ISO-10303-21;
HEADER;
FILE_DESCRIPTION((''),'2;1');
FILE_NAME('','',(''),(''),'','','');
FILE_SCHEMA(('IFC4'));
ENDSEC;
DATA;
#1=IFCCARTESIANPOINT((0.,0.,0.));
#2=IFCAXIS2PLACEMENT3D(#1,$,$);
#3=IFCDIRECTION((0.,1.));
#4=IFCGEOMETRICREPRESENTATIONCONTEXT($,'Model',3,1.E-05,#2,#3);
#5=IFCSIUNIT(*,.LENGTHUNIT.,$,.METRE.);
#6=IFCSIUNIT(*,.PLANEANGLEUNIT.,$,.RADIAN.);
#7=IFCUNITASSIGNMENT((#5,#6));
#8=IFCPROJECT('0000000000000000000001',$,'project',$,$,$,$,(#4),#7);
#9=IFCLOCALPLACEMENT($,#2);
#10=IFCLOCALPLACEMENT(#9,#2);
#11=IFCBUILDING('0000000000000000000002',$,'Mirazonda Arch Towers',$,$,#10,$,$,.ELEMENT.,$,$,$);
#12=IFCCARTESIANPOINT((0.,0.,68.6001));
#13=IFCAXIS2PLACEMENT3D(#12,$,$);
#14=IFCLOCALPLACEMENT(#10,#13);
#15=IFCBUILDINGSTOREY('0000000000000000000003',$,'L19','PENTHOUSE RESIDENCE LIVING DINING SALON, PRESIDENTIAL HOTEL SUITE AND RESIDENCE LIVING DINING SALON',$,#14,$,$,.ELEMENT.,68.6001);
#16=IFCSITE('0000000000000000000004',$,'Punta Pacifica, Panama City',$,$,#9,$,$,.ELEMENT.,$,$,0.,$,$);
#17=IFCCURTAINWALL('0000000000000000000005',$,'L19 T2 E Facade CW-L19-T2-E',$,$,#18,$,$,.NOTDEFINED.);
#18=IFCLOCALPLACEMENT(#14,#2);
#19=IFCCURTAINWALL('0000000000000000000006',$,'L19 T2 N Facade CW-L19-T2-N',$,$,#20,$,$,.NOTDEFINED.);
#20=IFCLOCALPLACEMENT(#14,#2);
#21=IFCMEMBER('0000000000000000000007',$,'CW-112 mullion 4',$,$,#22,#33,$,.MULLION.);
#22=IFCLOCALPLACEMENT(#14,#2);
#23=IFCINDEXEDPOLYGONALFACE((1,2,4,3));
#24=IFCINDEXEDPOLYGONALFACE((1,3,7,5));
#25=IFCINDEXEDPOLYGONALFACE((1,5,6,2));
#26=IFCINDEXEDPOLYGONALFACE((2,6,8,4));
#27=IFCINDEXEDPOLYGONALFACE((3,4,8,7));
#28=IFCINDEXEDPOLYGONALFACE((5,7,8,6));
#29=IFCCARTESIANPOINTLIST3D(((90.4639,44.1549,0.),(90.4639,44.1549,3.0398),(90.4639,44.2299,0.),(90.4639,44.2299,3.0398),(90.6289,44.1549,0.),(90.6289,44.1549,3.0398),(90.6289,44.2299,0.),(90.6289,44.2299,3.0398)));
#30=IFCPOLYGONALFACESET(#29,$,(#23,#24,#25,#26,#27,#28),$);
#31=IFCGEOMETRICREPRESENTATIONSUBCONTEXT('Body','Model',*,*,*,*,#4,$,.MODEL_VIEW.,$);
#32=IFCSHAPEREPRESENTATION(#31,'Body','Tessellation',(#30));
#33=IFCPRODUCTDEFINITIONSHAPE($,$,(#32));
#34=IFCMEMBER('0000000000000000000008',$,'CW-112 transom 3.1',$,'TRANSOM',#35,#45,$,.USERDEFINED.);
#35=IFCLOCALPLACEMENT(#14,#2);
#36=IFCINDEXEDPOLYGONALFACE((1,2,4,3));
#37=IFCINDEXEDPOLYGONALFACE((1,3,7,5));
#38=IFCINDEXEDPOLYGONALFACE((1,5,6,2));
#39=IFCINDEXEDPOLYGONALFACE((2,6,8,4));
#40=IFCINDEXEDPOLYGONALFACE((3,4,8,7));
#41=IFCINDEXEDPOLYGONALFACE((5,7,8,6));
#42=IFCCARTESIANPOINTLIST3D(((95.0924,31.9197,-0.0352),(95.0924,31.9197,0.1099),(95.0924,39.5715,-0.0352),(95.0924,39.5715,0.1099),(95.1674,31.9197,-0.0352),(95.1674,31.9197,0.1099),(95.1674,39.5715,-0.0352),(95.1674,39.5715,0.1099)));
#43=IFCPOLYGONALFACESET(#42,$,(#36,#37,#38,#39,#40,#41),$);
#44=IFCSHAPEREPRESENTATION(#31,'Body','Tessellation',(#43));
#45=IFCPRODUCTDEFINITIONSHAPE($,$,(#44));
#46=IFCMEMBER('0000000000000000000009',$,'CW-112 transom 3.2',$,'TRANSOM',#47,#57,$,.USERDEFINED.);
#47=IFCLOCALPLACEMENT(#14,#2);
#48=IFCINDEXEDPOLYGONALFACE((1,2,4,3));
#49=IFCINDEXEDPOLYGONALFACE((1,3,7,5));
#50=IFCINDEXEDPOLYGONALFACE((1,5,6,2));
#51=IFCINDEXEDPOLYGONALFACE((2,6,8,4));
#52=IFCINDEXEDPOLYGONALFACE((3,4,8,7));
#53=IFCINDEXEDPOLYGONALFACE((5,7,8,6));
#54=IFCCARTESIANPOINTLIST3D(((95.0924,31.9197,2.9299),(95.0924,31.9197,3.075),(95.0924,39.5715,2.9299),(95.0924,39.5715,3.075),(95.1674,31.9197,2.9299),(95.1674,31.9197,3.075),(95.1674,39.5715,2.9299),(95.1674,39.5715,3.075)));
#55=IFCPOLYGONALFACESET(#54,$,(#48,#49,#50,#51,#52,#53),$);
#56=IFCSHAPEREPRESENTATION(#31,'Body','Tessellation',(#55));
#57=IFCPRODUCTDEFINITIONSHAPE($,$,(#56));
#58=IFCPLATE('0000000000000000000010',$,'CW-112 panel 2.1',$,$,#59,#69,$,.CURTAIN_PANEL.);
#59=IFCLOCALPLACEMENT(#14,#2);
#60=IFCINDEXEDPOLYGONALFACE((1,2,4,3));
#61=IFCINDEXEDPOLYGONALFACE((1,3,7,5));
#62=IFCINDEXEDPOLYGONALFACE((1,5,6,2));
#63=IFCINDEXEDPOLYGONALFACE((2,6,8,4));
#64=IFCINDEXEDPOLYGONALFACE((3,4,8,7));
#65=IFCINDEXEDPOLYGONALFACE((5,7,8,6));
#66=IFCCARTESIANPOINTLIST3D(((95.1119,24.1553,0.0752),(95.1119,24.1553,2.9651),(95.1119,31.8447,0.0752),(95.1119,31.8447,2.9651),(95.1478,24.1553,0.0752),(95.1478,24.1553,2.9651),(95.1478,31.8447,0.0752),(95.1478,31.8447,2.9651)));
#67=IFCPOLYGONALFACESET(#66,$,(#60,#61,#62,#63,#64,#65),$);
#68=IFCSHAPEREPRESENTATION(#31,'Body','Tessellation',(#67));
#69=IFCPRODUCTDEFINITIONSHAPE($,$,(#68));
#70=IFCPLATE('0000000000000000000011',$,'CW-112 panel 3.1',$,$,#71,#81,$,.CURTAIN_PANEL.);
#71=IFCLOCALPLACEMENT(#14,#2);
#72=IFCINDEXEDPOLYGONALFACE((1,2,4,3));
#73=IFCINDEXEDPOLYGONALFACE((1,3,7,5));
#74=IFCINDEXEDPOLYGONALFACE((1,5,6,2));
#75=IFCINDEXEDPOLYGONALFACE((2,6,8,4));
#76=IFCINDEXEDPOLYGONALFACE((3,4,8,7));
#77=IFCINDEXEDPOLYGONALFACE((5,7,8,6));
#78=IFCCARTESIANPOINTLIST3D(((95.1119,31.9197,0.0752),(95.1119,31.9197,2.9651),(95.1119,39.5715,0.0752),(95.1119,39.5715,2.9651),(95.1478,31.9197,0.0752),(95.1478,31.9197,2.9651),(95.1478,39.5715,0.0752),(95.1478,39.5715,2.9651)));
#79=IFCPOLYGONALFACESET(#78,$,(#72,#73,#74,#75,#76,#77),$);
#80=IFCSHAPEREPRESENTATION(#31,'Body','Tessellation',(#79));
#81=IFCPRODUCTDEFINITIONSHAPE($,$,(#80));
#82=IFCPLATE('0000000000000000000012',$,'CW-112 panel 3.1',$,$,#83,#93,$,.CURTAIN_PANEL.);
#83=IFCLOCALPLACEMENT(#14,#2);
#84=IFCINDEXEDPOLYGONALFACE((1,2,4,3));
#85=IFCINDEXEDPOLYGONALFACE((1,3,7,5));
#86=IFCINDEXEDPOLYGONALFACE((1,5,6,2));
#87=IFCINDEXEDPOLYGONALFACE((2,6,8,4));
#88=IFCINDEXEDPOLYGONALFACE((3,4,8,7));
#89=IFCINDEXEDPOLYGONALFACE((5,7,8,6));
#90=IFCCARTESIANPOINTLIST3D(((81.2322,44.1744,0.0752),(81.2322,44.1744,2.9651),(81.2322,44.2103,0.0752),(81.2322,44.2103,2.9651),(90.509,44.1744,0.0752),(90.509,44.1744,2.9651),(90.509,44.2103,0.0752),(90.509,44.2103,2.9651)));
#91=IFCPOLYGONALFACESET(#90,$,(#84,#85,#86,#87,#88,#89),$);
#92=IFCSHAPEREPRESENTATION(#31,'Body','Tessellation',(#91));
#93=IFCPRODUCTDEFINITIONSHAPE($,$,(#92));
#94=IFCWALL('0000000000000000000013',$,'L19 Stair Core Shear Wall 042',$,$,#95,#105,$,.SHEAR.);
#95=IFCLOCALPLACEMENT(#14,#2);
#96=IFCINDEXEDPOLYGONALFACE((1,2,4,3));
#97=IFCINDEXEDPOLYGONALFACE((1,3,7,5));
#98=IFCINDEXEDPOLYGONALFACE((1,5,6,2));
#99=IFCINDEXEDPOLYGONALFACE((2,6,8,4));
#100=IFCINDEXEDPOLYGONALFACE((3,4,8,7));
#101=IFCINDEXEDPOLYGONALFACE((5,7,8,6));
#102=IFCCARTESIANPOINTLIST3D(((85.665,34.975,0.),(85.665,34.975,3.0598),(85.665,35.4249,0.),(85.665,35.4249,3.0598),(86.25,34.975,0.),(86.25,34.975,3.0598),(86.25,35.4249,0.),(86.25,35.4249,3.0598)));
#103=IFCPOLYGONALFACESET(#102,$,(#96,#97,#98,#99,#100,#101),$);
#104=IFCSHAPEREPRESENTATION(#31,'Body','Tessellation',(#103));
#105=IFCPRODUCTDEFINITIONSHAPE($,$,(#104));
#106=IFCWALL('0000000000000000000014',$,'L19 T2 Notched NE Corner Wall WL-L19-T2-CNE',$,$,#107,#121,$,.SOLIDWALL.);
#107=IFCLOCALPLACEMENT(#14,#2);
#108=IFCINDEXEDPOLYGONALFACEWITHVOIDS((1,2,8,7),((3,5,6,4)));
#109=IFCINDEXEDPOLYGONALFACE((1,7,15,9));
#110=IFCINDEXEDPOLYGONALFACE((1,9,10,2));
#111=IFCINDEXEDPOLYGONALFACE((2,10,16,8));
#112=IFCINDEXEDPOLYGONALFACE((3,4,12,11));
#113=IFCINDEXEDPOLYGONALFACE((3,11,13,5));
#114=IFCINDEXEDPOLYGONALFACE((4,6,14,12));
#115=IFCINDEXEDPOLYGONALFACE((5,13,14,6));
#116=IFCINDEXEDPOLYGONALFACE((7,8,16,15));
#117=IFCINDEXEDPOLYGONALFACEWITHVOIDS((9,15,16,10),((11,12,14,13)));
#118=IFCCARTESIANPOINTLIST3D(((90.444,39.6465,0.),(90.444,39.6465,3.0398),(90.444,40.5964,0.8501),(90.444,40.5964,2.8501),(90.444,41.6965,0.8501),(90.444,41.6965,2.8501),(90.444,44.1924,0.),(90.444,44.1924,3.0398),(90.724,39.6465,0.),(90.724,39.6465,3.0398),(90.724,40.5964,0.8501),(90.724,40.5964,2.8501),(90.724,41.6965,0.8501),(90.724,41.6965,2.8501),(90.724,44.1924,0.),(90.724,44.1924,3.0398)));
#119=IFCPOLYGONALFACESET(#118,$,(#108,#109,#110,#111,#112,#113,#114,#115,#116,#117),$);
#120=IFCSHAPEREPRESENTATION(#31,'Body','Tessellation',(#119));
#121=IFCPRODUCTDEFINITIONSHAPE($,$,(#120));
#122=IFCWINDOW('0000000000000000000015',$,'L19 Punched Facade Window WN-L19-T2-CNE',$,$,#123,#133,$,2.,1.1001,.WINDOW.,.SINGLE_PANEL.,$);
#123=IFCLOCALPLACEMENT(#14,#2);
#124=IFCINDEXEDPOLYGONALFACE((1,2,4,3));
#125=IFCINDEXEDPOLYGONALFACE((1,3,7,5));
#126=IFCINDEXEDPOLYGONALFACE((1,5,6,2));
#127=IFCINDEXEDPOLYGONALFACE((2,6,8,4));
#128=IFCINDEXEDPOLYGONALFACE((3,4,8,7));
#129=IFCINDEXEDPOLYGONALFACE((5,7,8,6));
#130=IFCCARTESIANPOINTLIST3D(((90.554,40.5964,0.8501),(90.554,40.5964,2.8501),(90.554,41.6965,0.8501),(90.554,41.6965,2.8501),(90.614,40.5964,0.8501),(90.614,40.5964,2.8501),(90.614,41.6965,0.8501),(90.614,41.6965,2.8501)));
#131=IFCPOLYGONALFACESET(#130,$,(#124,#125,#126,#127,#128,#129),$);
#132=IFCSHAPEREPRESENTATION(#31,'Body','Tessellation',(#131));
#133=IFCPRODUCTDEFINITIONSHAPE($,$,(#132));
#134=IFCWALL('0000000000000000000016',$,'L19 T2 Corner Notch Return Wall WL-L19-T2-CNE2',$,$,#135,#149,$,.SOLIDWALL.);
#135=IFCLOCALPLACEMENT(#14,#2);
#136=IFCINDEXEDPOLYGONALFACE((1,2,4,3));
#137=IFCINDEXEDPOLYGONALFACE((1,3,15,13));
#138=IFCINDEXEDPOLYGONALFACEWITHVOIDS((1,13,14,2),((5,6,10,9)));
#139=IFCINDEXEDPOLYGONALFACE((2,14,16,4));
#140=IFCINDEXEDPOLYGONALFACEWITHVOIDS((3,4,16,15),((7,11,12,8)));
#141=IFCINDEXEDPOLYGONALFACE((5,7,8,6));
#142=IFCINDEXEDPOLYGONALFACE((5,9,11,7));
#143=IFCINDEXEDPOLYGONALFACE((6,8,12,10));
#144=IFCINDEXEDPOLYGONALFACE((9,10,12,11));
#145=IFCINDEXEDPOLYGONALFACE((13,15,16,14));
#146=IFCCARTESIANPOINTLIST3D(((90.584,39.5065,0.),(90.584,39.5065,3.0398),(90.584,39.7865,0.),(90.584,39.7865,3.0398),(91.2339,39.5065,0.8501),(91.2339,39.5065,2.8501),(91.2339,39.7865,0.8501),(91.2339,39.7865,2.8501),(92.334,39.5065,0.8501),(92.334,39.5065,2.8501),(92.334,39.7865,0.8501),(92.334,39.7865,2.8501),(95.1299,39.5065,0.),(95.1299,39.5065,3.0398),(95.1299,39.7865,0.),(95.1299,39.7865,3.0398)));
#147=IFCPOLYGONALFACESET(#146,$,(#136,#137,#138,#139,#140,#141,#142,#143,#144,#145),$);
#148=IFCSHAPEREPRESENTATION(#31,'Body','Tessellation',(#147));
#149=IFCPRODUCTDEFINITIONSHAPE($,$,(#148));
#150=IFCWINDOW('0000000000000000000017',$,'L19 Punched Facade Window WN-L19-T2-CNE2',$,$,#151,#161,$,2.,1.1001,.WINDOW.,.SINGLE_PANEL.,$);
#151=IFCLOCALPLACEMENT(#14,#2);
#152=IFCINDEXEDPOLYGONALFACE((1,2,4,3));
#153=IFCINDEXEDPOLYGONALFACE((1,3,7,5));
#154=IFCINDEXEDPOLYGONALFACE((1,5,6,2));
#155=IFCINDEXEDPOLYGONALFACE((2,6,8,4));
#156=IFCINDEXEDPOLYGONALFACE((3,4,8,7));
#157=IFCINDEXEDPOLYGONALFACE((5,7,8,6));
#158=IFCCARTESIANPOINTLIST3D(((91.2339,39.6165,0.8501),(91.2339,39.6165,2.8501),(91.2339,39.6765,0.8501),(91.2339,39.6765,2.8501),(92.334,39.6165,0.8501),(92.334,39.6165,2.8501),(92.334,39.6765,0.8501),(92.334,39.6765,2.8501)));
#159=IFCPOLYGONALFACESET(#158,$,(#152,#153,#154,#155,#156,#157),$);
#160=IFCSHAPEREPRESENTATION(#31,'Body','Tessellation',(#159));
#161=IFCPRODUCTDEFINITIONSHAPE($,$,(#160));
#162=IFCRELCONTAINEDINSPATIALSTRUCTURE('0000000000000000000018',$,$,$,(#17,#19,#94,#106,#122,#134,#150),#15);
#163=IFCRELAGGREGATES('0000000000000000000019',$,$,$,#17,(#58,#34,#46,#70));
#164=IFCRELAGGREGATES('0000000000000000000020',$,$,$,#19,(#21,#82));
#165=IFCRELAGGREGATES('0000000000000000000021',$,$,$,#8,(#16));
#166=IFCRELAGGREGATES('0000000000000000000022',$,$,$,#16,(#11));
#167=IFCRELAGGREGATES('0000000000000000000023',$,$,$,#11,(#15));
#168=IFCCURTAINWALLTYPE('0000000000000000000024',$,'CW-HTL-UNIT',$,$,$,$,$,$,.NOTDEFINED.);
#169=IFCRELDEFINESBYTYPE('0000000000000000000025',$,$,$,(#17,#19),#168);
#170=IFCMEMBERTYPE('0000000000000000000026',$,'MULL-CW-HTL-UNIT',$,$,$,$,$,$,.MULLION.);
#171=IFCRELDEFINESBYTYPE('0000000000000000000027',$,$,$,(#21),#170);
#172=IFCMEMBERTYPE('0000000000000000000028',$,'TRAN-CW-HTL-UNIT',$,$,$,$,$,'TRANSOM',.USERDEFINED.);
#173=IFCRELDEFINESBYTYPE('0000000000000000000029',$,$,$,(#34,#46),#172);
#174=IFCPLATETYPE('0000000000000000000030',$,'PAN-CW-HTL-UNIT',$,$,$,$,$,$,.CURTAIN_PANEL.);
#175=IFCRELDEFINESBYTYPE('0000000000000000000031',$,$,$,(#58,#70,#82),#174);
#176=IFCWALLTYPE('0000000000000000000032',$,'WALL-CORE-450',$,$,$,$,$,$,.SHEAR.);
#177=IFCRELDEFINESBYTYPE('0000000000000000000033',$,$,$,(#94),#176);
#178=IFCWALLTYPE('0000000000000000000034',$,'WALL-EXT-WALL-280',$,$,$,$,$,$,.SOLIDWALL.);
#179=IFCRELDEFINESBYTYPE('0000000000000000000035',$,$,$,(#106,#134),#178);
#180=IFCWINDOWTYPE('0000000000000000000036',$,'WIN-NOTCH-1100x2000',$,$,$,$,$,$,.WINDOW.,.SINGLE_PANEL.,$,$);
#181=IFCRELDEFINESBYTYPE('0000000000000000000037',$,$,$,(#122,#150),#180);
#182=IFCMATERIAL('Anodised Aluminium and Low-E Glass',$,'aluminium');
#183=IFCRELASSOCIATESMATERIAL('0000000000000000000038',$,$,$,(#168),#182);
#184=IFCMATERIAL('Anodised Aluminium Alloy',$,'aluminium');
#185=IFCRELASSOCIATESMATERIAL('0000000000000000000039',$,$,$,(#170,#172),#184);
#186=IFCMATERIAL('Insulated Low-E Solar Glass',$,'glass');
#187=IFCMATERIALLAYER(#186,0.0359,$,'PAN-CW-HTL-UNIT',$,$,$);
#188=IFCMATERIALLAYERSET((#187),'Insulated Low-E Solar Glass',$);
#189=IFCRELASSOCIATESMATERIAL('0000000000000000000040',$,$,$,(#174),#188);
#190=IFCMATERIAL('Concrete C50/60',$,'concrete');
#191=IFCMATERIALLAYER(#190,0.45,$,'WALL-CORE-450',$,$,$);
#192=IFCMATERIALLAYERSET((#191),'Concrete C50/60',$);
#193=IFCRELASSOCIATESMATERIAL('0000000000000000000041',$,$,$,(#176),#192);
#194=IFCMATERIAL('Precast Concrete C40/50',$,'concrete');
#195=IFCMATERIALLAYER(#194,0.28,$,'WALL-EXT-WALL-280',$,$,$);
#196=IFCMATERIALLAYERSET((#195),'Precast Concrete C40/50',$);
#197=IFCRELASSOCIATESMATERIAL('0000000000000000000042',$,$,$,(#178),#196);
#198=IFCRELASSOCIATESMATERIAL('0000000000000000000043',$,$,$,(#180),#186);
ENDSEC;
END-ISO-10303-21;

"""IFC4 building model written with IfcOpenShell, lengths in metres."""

from ifc_helpers import new_model, si_unit, direction, frame, frame_2d, origin, origin_2d, place, context, subcontext, project, spatial, rectangle, extrude, material, layer, layer_set, material_profile, profile_set, type_object, element, fill, aggregate, save


model = new_model("IFC4")

# Units and contexts
model_context = context("Model", 3, precision=1e-05, world=origin(), true_north=direction((0.0, 1.0)))
body_context = subcontext(model_context, "Body", "Model", "MODEL_VIEW")
ifc_project = project(units=[si_unit("LENGTHUNIT", "METRE"), si_unit("PLANEANGLEUNIT", "RADIAN")], contexts=[model_context])

# Site, building, storey
site_placement = place(None, origin())
site = spatial("IfcSite", under=ifc_project, at=site_placement, Name="Punta Pacifica, Panama City", CompositionType="ELEMENT", RefElevation=0.0)
building_placement = place(site_placement, origin())
building = spatial("IfcBuilding", under=site, at=building_placement, Name="Mirazonda Arch Towers", CompositionType="ELEMENT")
storey_placement = place(building_placement, frame((0.0, 0.0, 68.6001)))
storey = spatial("IfcBuildingStorey", under=building, at=storey_placement, Name="L19", Description="PENTHOUSE RESIDENCE LIVING DINING SALON, PRESIDENTIAL HOTEL SUITE AND RESIDENCE LIVING DINING SALON", CompositionType="ELEMENT", Elevation=68.6001)

# Curtain wall
ifc_material_1 = material(Name="Anodised Aluminium and Low-E Glass", Category="aluminium")
curtain_wall_type = type_object("IfcCurtainWallType", Name="CW-HTL-UNIT", PredefinedType="NOTDEFINED", material=ifc_material_1)
curtain_wall_1_placement = place(storey_placement, origin())
curtain_wall_1 = element("IfcCurtainWall", 1, at=curtain_wall_1_placement, inside=storey, type_object=curtain_wall_type, Name="L19 T2 E Facade CW-L19-T2-E", PredefinedType="NOTDEFINED")
ifc_material_2 = material(Name="Anodised Aluminium Alloy", Category="aluminium")
ifc_material_profile_1 = material_profile(ifc_material_2, rectangle(XDim=0.075, YDim=0.165, at=origin_2d()), Name="ALU-MULL-75x165")
ifc_profile_set_1 = profile_set([ifc_material_profile_1], Name="Anodised Aluminium Alloy")
member_type_1 = type_object("IfcMemberType", Name="MULL-CW-HTL-UNIT", PredefinedType="MULLION", material=ifc_profile_set_1)

# Curtain wall, member
curtain_wall_2_placement = place(storey_placement, origin())
curtain_wall_2 = element("IfcCurtainWall", 2, at=curtain_wall_2_placement, inside=storey, type_object=curtain_wall_type, Name="L19 T2 N Facade CW-L19-T2-N", PredefinedType="NOTDEFINED")
member_1_placement = place(storey_placement, frame((90.5464, 44.1924, 0.0), z_axis=(0.0, 0.0, 1.0), x_axis=(0.0, 1.0, 0.0)))
member_1 = element("IfcMember", 3, at=member_1_placement, type_object=member_type_1, Name="CW-112 mullion 4", PredefinedType="MULLION", context=body_context, shape_type="SweptSolid", body=[
    extrude(rectangle(XDim=0.075, YDim=0.165, at=origin_2d()), origin(), (0.0, 0.0, 1.0), 3.0398),
])

# Members
ifc_material_profile_2 = material_profile(ifc_material_2, rectangle(XDim=0.075, YDim=0.145, at=origin_2d()), Name="ALU-TRAN-75x145")
ifc_profile_set_2 = profile_set([ifc_material_profile_2], Name="Anodised Aluminium Alloy")
member_type_2 = type_object("IfcMemberType", Name="TRAN-CW-HTL-UNIT", ElementType="TRANSOM", PredefinedType="USERDEFINED", material=ifc_profile_set_2)
member_2_placement = place(storey_placement, frame((95.1299, 31.9197, 0.0374), z_axis=(0.0, 1.0, 0.0), x_axis=(-1.0, 0.0, 0.0)))
member_2 = element("IfcMember", 4, at=member_2_placement, type_object=member_type_2, Name="CW-112 transom 3.1", ObjectType="TRANSOM", PredefinedType="USERDEFINED", context=body_context, shape_type="SweptSolid", body=[
    extrude(rectangle(XDim=0.075, YDim=0.145, at=origin_2d()), origin(), (0.0, 0.0, 1.0), 7.6519),
])
member_3_placement = place(storey_placement, frame((95.1299, 31.9197, 3.0024), z_axis=(0.0, 1.0, 0.0), x_axis=(-1.0, 0.0, 0.0)))
member_3 = element("IfcMember", 5, at=member_3_placement, type_object=member_type_2, Name="CW-112 transom 3.2", ObjectType="TRANSOM", PredefinedType="USERDEFINED", context=body_context, shape_type="SweptSolid", body=[
    extrude(rectangle(XDim=0.075, YDim=0.145, at=origin_2d()), origin(), (0.0, 0.0, 1.0), 7.6519),
])

# Plates
ifc_material_3 = material(Name="Insulated Low-E Solar Glass", Category="glass")
ifc_layer_1 = layer(ifc_material_3, 0.0359, Name="PAN-CW-HTL-UNIT")
ifc_layer_set_1 = layer_set([ifc_layer_1], Name="Insulated Low-E Solar Glass")
plate_type = type_object("IfcPlateType", Name="PAN-CW-HTL-UNIT", PredefinedType="CURTAIN_PANEL", material=ifc_layer_set_1)
plate_1_placement = place(storey_placement, frame((95.1299, 28.0, 0.0752), z_axis=(0.0, 0.0, 1.0), x_axis=(0.0, 1.0, 0.0)))
plate_1 = element("IfcPlate", 6, at=plate_1_placement, type_object=plate_type, Name="CW-112 panel 2.1", PredefinedType="CURTAIN_PANEL", context=body_context, shape_type="SweptSolid", body=[
    extrude(rectangle(XDim=7.6895, YDim=0.0359, at=origin_2d()), origin(), (0.0, 0.0, 1.0), 2.8899),
])
plate_2_placement = place(storey_placement, frame((95.1299, 35.7456, 0.0752), z_axis=(0.0, 0.0, 1.0), x_axis=(0.0, 1.0, 0.0)))
plate_2 = element("IfcPlate", 7, at=plate_2_placement, type_object=plate_type, Name="CW-112 panel 3.1", PredefinedType="CURTAIN_PANEL", context=body_context, shape_type="SweptSolid", body=[
    extrude(rectangle(XDim=7.6519, YDim=0.0359, at=origin_2d()), origin(), (0.0, 0.0, 1.0), 2.8899),
])
aggregate(curtain_wall_1, [plate_1, member_2, member_3, plate_2])
plate_3_placement = place(storey_placement, frame((85.8706, 44.1924, 0.0752), z_axis=(0.0, 0.0, 1.0), x_axis=(1.0, 0.0, 0.0)))
plate_3 = element("IfcPlate", 8, at=plate_3_placement, type_object=plate_type, Name="CW-112 panel 3.1", PredefinedType="CURTAIN_PANEL", context=body_context, shape_type="SweptSolid", body=[
    extrude(rectangle(XDim=9.2769, YDim=0.0359, at=origin_2d()), origin(), (0.0, 0.0, 1.0), 2.8899),
])
aggregate(curtain_wall_2, [member_1, plate_3])

# Wall
ifc_material_4 = material(Name="Concrete C50/60", Category="concrete")
ifc_layer_2 = layer(ifc_material_4, 0.45, Name="WALL-CORE-450")
ifc_layer_set_2 = layer_set([ifc_layer_2], Name="Concrete C50/60")
wall_type_1 = type_object("IfcWallType", Name="WALL-CORE-450", PredefinedType="SHEAR", material=ifc_layer_set_2)
wall_1_placement = place(storey_placement, frame((85.665, 35.2, 0.0), z_axis=(0.0, 0.0, 1.0), x_axis=(1.0, 0.0, 0.0)))
element("IfcWall", 9, at=wall_1_placement, inside=storey, type_object=wall_type_1, Name="L19 Stair Core Shear Wall 042", PredefinedType="SHEAR", context=body_context, shape_type="SweptSolid", body=[
    extrude(rectangle(XDim=0.585, YDim=0.45, at=frame_2d((0.2925, 0.0))), origin(), (0.0, 0.0, 1.0), 3.0598),
])

# Walls, openings, windows
ifc_material_5 = material(Name="Precast Concrete C40/50", Category="concrete")
ifc_layer_3 = layer(ifc_material_5, 0.28, Name="WALL-EXT-WALL-280")
ifc_layer_set_3 = layer_set([ifc_layer_3], Name="Precast Concrete C40/50")
wall_type_2 = type_object("IfcWallType", Name="WALL-EXT-WALL-280", PredefinedType="SOLIDWALL", material=ifc_layer_set_3)
wall_2_placement = place(storey_placement, frame((90.584, 39.6465, 0.0), z_axis=(0.0, 0.0, 1.0), x_axis=(0.0, 1.0, 0.0)))
wall_2 = element("IfcWall", 10, at=wall_2_placement, inside=storey, type_object=wall_type_2, Name="L19 T2 Notched NE Corner Wall WL-L19-T2-CNE", PredefinedType="SOLIDWALL", context=body_context, shape_type="SweptSolid", body=[
    extrude(rectangle(XDim=4.5459, YDim=0.28, at=frame_2d((2.2729, 0.0))), origin(), (0.0, 0.0, 1.0), 3.0398),
])
opening_1_placement = place(wall_2_placement, frame((0.95, 0.0, 0.8501)))
opening_1 = element("IfcOpeningElement", 11, at=opening_1_placement, cuts=wall_2, PredefinedType="OPENING", context=body_context, shape_type="SweptSolid", body=[
    extrude(rectangle(XDim=1.1001, YDim=2.0, at=frame_2d((0.55, 1.0))), frame((0.0, 0.1499, 0.0), z_axis=(0.0, -1.0, 0.0), x_axis=(1.0, 0.0, 0.0)), (0.0, 0.0, 1.0), 0.3),
])
window_type = type_object("IfcWindowType", Name="WIN-NOTCH-1100x2000", PartitioningType="SINGLE_PANEL", PredefinedType="WINDOW", material=ifc_material_3)
window_1_placement = place(opening_1_placement, origin())
window_1 = element("IfcWindow", 12, at=window_1_placement, inside=storey, type_object=window_type, Name="L19 Punched Facade Window WN-L19-T2-CNE", OverallHeight=2.0, OverallWidth=1.1001, PartitioningType="SINGLE_PANEL", PredefinedType="WINDOW", context=body_context, shape_type="SweptSolid", body=[
    extrude(rectangle(XDim=1.1001, YDim=2.0, at=frame_2d((0.55, 1.0))), frame((0.0, 0.03, 0.0), z_axis=(0.0, -1.0, 0.0), x_axis=(1.0, 0.0, 0.0)), (0.0, 0.0, 1.0), 0.0601),
])
fill(opening_1, window_1)
wall_3_placement = place(storey_placement, frame((95.1299, 39.6465, 0.0), z_axis=(0.0, 0.0, 1.0), x_axis=(-1.0, 0.0, 0.0)))
wall_3 = element("IfcWall", 13, at=wall_3_placement, inside=storey, type_object=wall_type_2, Name="L19 T2 Corner Notch Return Wall WL-L19-T2-CNE2", PredefinedType="SOLIDWALL", context=body_context, shape_type="SweptSolid", body=[
    extrude(rectangle(XDim=4.5459, YDim=0.28, at=frame_2d((2.2729, 0.0))), origin(), (0.0, 0.0, 1.0), 3.0398),
])
opening_2_placement = place(wall_3_placement, frame((2.7959, 0.0, 0.8501)))
opening_2 = element("IfcOpeningElement", 14, at=opening_2_placement, cuts=wall_3, PredefinedType="OPENING", context=body_context, shape_type="SweptSolid", body=[
    extrude(rectangle(XDim=1.1001, YDim=2.0, at=frame_2d((0.55, 1.0))), frame((0.0, 0.1499, 0.0), z_axis=(0.0, -1.0, 0.0), x_axis=(1.0, 0.0, 0.0)), (0.0, 0.0, 1.0), 0.3),
])
window_2_placement = place(opening_2_placement, origin())
window_2 = element("IfcWindow", 15, at=window_2_placement, inside=storey, type_object=window_type, Name="L19 Punched Facade Window WN-L19-T2-CNE2", OverallHeight=2.0, OverallWidth=1.1001, PartitioningType="SINGLE_PANEL", PredefinedType="WINDOW", context=body_context, shape_type="SweptSolid", body=[
    extrude(rectangle(XDim=1.1001, YDim=2.0, at=frame_2d((0.55, 1.0))), frame((0.0, 0.03, 0.0), z_axis=(0.0, -1.0, 0.0), x_axis=(1.0, 0.0, 0.0)), (0.0, 0.0, 1.0), 0.0601),
])
fill(opening_2, window_2)

save(model, "model.ifc")
